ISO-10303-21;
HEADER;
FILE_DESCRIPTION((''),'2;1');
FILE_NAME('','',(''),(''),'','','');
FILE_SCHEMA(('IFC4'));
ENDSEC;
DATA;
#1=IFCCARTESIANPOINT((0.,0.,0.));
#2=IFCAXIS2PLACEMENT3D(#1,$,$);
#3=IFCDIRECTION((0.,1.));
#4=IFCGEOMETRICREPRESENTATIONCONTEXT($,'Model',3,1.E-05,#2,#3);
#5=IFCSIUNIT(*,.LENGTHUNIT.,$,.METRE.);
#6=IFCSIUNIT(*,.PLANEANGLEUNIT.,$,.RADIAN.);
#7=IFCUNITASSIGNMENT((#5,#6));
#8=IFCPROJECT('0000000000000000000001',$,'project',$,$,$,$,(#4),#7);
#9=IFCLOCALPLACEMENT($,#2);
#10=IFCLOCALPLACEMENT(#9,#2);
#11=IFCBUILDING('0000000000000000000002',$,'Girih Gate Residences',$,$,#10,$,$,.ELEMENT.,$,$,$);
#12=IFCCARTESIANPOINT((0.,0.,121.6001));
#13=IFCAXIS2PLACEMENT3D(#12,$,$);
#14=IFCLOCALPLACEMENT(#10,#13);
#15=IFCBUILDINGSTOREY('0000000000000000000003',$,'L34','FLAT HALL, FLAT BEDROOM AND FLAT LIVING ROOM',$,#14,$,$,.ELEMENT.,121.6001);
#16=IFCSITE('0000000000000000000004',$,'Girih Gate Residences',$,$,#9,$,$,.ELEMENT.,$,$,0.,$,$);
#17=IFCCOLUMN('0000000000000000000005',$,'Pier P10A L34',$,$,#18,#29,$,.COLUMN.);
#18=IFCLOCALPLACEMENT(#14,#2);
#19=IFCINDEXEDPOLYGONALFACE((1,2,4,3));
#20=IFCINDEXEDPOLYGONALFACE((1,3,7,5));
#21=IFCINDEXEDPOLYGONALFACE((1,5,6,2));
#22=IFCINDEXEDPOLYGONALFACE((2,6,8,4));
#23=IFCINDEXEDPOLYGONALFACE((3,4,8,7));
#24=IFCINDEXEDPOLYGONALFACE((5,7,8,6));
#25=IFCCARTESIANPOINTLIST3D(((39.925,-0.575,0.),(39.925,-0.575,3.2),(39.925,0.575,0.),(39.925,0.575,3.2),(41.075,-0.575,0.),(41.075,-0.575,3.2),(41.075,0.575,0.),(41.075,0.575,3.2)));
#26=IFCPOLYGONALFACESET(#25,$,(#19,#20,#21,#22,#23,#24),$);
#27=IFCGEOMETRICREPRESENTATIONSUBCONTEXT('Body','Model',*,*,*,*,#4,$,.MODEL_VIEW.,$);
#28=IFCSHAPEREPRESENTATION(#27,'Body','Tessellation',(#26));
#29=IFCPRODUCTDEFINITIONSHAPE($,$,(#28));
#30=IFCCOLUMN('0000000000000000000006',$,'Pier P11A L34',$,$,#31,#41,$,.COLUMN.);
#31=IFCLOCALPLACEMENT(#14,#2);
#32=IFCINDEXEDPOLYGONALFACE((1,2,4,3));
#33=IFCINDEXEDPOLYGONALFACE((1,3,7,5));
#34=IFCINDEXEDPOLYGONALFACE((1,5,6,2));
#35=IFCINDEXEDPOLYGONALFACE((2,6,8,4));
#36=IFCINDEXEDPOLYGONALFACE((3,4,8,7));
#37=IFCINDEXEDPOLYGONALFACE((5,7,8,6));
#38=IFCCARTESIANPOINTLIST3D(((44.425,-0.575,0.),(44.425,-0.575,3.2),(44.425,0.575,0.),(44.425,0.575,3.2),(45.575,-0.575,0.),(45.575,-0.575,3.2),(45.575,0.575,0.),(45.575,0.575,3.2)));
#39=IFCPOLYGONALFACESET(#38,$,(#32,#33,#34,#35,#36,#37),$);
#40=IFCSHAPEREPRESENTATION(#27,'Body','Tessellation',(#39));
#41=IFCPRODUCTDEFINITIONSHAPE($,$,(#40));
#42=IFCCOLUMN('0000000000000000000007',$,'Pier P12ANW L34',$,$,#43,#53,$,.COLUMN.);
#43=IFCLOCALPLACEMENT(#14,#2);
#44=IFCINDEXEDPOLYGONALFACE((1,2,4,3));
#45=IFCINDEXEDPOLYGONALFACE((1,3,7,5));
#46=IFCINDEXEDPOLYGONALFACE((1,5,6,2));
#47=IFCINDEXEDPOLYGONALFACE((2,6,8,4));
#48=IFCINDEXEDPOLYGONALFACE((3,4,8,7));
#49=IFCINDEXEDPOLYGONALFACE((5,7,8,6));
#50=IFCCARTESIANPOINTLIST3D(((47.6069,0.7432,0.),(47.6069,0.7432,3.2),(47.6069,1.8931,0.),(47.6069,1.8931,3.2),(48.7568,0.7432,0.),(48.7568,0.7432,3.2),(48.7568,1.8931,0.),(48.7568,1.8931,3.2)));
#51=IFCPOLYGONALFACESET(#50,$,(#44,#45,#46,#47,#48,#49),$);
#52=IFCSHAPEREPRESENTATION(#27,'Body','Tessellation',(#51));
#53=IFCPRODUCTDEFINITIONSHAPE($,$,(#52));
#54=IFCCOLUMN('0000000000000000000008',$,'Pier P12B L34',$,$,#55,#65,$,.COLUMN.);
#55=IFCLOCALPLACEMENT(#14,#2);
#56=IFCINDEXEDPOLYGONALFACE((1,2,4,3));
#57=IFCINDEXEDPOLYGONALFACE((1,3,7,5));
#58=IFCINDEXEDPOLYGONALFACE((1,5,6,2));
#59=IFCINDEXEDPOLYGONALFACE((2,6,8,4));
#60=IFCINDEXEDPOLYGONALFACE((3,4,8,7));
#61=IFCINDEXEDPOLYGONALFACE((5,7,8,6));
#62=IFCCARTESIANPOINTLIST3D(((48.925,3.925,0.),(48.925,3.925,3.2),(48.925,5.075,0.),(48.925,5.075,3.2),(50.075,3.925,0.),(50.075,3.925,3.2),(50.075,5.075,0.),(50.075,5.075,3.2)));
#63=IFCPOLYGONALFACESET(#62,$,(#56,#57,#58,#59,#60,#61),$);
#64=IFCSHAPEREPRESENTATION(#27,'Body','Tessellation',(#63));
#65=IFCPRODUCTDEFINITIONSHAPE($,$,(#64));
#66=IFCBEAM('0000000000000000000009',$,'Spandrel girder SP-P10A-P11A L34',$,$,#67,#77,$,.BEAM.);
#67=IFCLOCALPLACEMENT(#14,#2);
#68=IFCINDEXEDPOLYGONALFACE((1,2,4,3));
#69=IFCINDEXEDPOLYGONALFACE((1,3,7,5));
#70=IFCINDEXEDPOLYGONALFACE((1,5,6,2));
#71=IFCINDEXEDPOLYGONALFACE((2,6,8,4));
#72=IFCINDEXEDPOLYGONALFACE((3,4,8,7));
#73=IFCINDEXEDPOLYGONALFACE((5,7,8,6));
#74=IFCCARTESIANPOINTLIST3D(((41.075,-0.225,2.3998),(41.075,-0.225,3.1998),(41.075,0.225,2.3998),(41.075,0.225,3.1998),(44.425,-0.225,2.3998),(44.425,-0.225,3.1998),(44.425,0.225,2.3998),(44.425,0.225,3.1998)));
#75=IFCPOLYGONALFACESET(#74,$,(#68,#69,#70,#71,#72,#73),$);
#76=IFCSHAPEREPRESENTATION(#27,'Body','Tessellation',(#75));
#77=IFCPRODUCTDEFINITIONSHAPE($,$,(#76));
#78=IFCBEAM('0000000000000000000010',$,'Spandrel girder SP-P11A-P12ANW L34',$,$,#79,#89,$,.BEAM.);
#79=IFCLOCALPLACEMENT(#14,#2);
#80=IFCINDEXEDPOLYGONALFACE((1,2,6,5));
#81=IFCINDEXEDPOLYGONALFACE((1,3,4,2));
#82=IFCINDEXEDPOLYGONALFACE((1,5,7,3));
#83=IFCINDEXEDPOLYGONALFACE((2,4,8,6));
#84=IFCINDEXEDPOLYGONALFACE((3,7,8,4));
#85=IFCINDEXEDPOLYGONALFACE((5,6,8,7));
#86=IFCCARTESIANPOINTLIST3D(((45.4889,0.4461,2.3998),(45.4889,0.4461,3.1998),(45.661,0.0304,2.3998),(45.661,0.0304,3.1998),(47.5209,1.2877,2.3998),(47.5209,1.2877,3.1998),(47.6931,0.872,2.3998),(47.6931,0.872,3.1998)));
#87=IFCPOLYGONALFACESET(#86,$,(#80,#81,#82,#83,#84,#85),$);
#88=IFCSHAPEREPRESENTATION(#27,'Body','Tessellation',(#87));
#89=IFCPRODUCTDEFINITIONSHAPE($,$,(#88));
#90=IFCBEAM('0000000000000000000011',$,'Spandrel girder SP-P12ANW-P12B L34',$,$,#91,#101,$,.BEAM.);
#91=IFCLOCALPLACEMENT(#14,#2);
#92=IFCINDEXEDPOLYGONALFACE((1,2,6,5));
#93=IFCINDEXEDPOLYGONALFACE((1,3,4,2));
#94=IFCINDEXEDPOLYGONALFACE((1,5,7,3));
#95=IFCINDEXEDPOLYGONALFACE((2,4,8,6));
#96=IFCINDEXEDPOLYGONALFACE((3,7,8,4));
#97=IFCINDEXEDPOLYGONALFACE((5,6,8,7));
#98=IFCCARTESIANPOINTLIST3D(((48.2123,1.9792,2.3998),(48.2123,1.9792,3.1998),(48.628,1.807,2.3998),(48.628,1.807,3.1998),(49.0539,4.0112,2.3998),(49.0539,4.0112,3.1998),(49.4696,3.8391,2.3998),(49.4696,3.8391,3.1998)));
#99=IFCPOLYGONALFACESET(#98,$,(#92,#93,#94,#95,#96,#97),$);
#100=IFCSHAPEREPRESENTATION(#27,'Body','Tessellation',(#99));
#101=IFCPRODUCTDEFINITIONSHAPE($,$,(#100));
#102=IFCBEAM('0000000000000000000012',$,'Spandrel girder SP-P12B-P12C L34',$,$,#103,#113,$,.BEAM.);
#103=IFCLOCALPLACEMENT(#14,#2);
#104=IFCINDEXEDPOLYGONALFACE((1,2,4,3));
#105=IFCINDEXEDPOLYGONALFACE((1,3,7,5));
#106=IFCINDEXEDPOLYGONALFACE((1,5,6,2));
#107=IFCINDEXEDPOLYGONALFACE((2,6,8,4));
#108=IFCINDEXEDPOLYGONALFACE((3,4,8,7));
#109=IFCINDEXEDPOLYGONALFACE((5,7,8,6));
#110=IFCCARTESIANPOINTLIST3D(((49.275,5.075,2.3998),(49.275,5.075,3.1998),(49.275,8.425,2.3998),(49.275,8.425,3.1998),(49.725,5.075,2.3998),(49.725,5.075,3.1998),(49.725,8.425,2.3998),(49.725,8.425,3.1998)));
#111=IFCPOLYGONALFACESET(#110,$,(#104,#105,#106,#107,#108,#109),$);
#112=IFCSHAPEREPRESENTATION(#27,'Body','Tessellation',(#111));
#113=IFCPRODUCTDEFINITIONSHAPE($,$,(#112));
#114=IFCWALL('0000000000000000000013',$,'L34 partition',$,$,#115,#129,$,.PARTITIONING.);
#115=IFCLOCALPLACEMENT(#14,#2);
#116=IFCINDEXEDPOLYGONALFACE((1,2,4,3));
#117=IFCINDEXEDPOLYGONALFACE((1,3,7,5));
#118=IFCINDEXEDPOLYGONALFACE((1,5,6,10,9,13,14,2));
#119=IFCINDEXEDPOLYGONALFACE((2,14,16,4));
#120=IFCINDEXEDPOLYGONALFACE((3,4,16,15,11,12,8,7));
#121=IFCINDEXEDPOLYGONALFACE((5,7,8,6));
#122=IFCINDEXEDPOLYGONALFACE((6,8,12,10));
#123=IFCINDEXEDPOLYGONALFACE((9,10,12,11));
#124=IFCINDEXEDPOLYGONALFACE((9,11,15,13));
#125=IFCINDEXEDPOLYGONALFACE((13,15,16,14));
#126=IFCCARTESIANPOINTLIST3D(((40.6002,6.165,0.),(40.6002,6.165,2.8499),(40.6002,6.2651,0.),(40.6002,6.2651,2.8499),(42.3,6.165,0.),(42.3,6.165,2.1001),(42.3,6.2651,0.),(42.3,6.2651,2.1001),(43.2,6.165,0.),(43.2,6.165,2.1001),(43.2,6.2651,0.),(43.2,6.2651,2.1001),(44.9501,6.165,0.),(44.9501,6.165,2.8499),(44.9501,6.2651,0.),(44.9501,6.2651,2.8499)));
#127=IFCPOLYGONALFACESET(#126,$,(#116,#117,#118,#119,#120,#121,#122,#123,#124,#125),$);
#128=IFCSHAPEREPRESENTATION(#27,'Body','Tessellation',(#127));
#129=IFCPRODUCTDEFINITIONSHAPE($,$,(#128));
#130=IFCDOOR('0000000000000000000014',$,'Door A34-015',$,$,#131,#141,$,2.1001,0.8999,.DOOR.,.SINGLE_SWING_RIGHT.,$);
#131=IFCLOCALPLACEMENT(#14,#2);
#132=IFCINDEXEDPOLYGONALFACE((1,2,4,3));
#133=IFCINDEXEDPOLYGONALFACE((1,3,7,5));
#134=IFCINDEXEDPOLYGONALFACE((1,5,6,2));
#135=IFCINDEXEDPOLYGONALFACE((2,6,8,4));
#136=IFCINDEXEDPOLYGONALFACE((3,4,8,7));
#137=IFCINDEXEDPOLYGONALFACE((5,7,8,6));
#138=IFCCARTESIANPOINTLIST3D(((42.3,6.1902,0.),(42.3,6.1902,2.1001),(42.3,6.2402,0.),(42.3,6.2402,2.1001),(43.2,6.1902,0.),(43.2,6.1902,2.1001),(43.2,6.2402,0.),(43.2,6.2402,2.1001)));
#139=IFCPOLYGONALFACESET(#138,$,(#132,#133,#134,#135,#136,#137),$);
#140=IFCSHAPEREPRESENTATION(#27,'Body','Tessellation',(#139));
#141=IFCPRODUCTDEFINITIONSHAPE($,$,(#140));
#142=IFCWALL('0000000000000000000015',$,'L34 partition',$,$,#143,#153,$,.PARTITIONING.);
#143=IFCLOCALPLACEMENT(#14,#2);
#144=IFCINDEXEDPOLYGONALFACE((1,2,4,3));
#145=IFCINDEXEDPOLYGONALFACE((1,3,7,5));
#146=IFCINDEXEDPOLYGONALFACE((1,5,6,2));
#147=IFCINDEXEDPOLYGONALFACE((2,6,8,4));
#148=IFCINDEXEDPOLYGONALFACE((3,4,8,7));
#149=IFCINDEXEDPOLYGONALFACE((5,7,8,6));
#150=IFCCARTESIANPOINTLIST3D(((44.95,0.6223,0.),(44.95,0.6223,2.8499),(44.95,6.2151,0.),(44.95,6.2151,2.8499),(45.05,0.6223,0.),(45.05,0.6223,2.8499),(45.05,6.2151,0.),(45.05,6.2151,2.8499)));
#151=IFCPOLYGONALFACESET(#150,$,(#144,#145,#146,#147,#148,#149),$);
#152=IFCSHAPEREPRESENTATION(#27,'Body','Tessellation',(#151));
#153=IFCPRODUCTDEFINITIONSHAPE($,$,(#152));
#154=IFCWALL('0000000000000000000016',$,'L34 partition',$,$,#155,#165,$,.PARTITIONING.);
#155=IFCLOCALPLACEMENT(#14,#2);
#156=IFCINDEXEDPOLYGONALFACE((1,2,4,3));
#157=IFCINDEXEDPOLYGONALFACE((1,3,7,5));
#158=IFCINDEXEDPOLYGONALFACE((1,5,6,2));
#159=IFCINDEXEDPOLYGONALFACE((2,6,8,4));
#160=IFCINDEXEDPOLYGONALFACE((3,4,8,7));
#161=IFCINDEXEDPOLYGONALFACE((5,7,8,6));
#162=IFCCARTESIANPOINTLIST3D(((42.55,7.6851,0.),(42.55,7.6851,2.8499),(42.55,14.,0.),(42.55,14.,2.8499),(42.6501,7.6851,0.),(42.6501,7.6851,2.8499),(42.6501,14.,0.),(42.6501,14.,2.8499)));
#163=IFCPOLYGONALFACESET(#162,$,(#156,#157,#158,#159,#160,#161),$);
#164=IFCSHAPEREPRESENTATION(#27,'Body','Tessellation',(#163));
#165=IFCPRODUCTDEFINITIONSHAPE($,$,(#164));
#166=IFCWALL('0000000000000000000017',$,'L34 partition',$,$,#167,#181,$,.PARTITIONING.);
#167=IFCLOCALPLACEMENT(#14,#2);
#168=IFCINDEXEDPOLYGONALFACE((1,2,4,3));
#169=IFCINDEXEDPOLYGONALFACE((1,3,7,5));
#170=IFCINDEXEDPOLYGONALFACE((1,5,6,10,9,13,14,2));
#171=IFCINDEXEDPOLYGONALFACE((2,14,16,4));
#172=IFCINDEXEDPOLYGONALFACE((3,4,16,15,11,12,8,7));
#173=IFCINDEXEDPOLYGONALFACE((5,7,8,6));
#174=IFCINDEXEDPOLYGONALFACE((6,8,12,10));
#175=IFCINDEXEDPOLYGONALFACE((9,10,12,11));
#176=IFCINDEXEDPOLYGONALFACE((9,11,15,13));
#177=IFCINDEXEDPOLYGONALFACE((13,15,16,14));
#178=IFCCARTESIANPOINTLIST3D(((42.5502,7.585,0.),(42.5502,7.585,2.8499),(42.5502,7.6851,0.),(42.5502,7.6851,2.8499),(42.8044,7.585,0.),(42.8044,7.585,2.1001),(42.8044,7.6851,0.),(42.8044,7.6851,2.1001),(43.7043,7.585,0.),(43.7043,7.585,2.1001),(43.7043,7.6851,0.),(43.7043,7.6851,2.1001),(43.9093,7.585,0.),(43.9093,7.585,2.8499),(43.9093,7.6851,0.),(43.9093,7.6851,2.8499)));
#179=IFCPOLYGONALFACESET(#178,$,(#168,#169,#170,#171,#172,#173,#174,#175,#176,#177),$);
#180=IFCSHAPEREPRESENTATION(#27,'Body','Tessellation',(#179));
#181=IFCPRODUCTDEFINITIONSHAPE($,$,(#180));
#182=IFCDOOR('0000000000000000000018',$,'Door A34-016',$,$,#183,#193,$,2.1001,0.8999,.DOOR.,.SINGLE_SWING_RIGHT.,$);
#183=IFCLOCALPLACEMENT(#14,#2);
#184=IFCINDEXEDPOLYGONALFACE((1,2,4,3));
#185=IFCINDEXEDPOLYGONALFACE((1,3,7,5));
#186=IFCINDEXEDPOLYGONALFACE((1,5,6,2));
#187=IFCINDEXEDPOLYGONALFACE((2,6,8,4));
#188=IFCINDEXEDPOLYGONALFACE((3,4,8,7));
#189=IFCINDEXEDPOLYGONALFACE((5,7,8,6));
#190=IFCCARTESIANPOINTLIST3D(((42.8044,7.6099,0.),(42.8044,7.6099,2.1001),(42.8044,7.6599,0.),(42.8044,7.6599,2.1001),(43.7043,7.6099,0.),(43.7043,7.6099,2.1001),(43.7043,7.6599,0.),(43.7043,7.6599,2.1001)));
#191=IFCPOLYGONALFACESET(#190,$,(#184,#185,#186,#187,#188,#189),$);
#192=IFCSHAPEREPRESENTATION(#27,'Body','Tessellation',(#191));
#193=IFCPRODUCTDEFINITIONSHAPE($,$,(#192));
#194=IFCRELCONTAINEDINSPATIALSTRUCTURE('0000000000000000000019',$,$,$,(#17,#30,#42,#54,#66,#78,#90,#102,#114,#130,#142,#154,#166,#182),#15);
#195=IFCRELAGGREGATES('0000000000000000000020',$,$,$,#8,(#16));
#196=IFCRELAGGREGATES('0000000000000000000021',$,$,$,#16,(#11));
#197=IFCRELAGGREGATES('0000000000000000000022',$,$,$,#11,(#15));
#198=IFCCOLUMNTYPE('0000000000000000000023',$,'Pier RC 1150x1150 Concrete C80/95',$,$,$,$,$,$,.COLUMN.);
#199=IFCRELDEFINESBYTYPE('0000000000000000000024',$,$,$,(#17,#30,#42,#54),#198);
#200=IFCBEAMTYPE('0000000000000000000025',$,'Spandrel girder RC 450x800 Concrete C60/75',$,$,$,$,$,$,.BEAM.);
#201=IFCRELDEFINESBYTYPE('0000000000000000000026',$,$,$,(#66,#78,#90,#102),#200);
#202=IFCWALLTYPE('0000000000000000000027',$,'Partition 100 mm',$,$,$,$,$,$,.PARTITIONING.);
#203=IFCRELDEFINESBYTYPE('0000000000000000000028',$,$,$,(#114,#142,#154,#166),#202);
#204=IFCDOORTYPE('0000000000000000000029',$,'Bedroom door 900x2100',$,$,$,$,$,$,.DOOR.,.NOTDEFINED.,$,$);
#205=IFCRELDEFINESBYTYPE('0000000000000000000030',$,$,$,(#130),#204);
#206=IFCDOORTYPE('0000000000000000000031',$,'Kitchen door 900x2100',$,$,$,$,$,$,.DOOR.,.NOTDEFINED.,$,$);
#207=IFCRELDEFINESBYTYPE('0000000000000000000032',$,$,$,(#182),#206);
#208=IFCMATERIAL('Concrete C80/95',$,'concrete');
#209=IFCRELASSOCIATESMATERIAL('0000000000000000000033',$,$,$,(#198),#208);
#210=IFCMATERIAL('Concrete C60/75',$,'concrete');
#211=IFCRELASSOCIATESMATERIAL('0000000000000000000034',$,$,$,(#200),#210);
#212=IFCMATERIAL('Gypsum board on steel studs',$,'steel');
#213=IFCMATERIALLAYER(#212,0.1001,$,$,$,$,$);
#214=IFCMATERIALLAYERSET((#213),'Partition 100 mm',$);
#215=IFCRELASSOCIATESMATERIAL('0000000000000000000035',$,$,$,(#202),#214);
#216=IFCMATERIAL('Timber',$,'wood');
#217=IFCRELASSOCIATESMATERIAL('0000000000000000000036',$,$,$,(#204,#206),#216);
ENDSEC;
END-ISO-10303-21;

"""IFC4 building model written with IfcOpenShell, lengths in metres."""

from ifc_helpers import new_model, si_unit, direction, frame, frame_2d, origin, origin_2d, place, context, subcontext, project, spatial, rectangle, extrude, material, layer, layer_set, material_profile, profile_set, type_object, element, fill, save


model = new_model("IFC4")

# Units and contexts
model_context = context("Model", 3, precision=1e-05, world=origin(), true_north=direction((0.0, 1.0)))
body_context = subcontext(model_context, "Body", "Model", "MODEL_VIEW")
ifc_project = project(units=[si_unit("LENGTHUNIT", "METRE"), si_unit("PLANEANGLEUNIT", "RADIAN")], contexts=[model_context])

# Site, building, storey
site_placement = place(None, origin())
site = spatial("IfcSite", under=ifc_project, at=site_placement, Name="Girih Gate Residences", CompositionType="ELEMENT", RefElevation=0.0)
building_placement = place(site_placement, origin())
building = spatial("IfcBuilding", under=site, at=building_placement, Name="Girih Gate Residences", CompositionType="ELEMENT")
storey_placement = place(building_placement, frame((0.0, 0.0, 121.6001)))
storey = spatial("IfcBuildingStorey", under=building, at=storey_placement, Name="L34", Description="FLAT HALL, FLAT BEDROOM AND FLAT LIVING ROOM", CompositionType="ELEMENT", Elevation=121.6001)

# Columns
ifc_material_1 = material(Name="Concrete C80/95", Category="concrete")
ifc_material_profile_1 = material_profile(ifc_material_1, rectangle(XDim=1.1499, YDim=1.1499, at=origin_2d()))
ifc_profile_set_1 = profile_set([ifc_material_profile_1], Name="Concrete C80/95")
column_type = type_object("IfcColumnType", Name="Pier RC 1150x1150 Concrete C80/95", PredefinedType="COLUMN", material=ifc_profile_set_1)
for number, where, z_axis, x_axis, name in (
    (1, (40.5, 0.0, 0.0), (0.0, 0.0, 1.0), (1.0, 0.0, 0.0), "Pier P10A L34"),
    (2, (45.0, 0.0, 0.0), (0.0, 0.0, 1.0), (1.0, 0.0, 0.0), "Pier P11A L34"),
    (3, (48.1819, 1.3181, 0.0), (0.0, 0.0, 1.0), (1.0, 0.0, 0.0), "Pier P12ANW L34"),
    (4, (49.5, 4.5, 0.0), (0.0, 0.0, 1.0), (1.0, 0.0, 0.0), "Pier P12B L34"),
):
    element("IfcColumn", number, at=place(storey_placement, frame(where, z_axis=z_axis, x_axis=x_axis)), inside=storey, type_object=column_type, Name=name, PredefinedType="COLUMN", context=body_context, shape_type="SweptSolid", body=[
        extrude(rectangle(XDim=1.1499, YDim=1.1499, at=origin_2d()), origin(), (0.0, 0.0, 1.0), 3.2),
    ])

# Beams
ifc_material_2 = material(Name="Concrete C60/75", Category="concrete")
ifc_material_profile_2 = material_profile(ifc_material_2, rectangle(XDim=0.45, YDim=0.8, at=origin_2d()))
ifc_profile_set_2 = profile_set([ifc_material_profile_2], Name="Concrete C60/75")
beam_type = type_object("IfcBeamType", Name="Spandrel girder RC 450x800 Concrete C60/75", PredefinedType="BEAM", material=ifc_profile_set_2)
beam_1_placement = place(storey_placement, frame((41.075, 0.0, 2.7998), z_axis=(1.0, 0.0, 0.0), x_axis=(0.0, 1.0, 0.0)))
element("IfcBeam", 5, at=beam_1_placement, inside=storey, type_object=beam_type, Name="Spandrel girder SP-P10A-P11A L34", PredefinedType="BEAM", context=body_context, shape_type="SweptSolid", body=[
    extrude(rectangle(XDim=0.45, YDim=0.8, at=origin_2d()), origin(), (0.0, 0.0, 1.0), 3.3501),
])
for number, where, z_axis, x_axis, name in (
    (6, (45.575, 0.2383, 2.7998), (0.923899, 0.382636, 0.0), (-0.382636, 0.923899, 0.0), "Spandrel girder SP-P11A-P12ANW L34"),
    (7, (48.4202, 1.8931, 2.7998), (0.382636, 0.923899, 0.0), (-0.923899, 0.382636, 0.0), "Spandrel girder SP-P12ANW-P12B L34"),
):
    element("IfcBeam", number, at=place(storey_placement, frame(where, z_axis=z_axis, x_axis=x_axis)), inside=storey, type_object=beam_type, Name=name, PredefinedType="BEAM", context=body_context, shape_type="SweptSolid", body=[
        extrude(rectangle(XDim=0.45, YDim=0.8, at=origin_2d()), origin(), (0.0, 0.0, 1.0), 2.1995),
    ])
beam_2_placement = place(storey_placement, frame((49.5, 5.075, 2.7998), z_axis=(0.0, 1.0, 0.0), x_axis=(-1.0, 0.0, 0.0)))
element("IfcBeam", 8, at=beam_2_placement, inside=storey, type_object=beam_type, Name="Spandrel girder SP-P12B-P12C L34", PredefinedType="BEAM", context=body_context, shape_type="SweptSolid", body=[
    extrude(rectangle(XDim=0.45, YDim=0.8, at=origin_2d()), origin(), (0.0, 0.0, 1.0), 3.3501),
])

# Wall, opening, door
ifc_material_3 = material(Name="Gypsum board on steel studs", Category="steel")
ifc_layer_1 = layer(ifc_material_3, 0.1001)
ifc_layer_set_1 = layer_set([ifc_layer_1], Name="Partition 100 mm")
wall_type_1 = type_object("IfcWallType", Name="Partition 100 mm", PredefinedType="PARTITIONING", material=ifc_layer_set_1)
wall_1_placement = place(storey_placement, frame((44.95, 6.2151, 0.0), z_axis=(0.0, 0.0, 1.0), x_axis=(-1.0, 0.0, 0.0)))
wall_1 = element("IfcWall", 9, at=wall_1_placement, inside=storey, type_object=wall_type_1, Name="L34 partition", PredefinedType="PARTITIONING", context=body_context, shape_type="SweptSolid", body=[
    extrude(rectangle(XDim=4.3499, YDim=0.1001, at=frame_2d((2.1748, 0.0))), origin(), (0.0, 0.0, 1.0), 2.8499),
])
opening_1_placement = place(wall_1_placement, frame((1.75, 0.0, 0.0)))
opening_1 = element("IfcOpeningElement", 10, at=opening_1_placement, cuts=wall_1, PredefinedType="OPENING", context=body_context, shape_type="SweptSolid", body=[
    extrude(rectangle(XDim=0.8999, YDim=2.1001, at=frame_2d((0.45, 1.05))), frame((0.0, 0.0601, 0.0), z_axis=(0.0, -1.0, 0.0), x_axis=(1.0, 0.0, 0.0)), (0.0, 0.0, 1.0), 0.1201),
])
ifc_material_4 = material(Name="Timber", Category="wood")
door_type_1 = type_object("IfcDoorType", Name="Bedroom door 900x2100", OperationType="NOTDEFINED", PredefinedType="DOOR", material=ifc_material_4)
door_1_placement = place(opening_1_placement, origin())
door_1 = element("IfcDoor", 11, at=door_1_placement, inside=storey, type_object=door_type_1, Name="Door A34-015", OperationType="SINGLE_SWING_RIGHT", OverallHeight=2.1001, OverallWidth=0.8999, PredefinedType="DOOR", context=body_context, shape_type="SweptSolid", body=[
    extrude(rectangle(XDim=0.8999, YDim=2.1001, at=frame_2d((0.45, 1.05))), frame((0.0, 0.0249, 0.0), z_axis=(0.0, -1.0, 0.0), x_axis=(1.0, 0.0, 0.0)), (0.0, 0.0, 1.0), 0.05),
])
fill(opening_1, door_1)

# Walls
wall_2_placement = place(storey_placement, frame((45.0, 0.6223, 0.0), z_axis=(0.0, 0.0, 1.0), x_axis=(0.0, 1.0, 0.0)))
element("IfcWall", 12, at=wall_2_placement, inside=storey, type_object=wall_type_1, Name="L34 partition", PredefinedType="PARTITIONING", context=body_context, shape_type="SweptSolid", body=[
    extrude(rectangle(XDim=5.5928, YDim=0.1001, at=frame_2d((2.7964, 0.0))), origin(), (0.0, 0.0, 1.0), 2.8499),
])
wall_3_placement = place(storey_placement, frame((42.6001, 7.6851, 0.0), z_axis=(0.0, 0.0, 1.0), x_axis=(0.0, 1.0, 0.0)))
element("IfcWall", 13, at=wall_3_placement, inside=storey, type_object=wall_type_1, Name="L34 partition", PredefinedType="PARTITIONING", context=body_context, shape_type="SweptSolid", body=[
    extrude(rectangle(XDim=6.3149, YDim=0.1001, at=frame_2d((3.1575, 0.0))), origin(), (0.0, 0.0, 1.0), 2.8499),
])

# Wall, opening, door
wall_4_placement = place(storey_placement, frame((42.55, 7.635, 0.0), z_axis=(0.0, 0.0, 1.0), x_axis=(1.0, 0.0, 0.0)))
wall_4 = element("IfcWall", 14, at=wall_4_placement, inside=storey, type_object=wall_type_1, Name="L34 partition", PredefinedType="PARTITIONING", context=body_context, shape_type="SweptSolid", body=[
    extrude(rectangle(XDim=1.3591, YDim=0.1001, at=frame_2d((0.6797, 0.0))), origin(), (0.0, 0.0, 1.0), 2.8499),
])
opening_2_placement = place(wall_4_placement, frame((0.2544, 0.0, 0.0)))
opening_2 = element("IfcOpeningElement", 15, at=opening_2_placement, cuts=wall_4, PredefinedType="OPENING", context=body_context, shape_type="SweptSolid", body=[
    extrude(rectangle(XDim=0.8999, YDim=2.1001, at=frame_2d((0.45, 1.05))), frame((0.0, 0.0601, 0.0), z_axis=(0.0, -1.0, 0.0), x_axis=(1.0, 0.0, 0.0)), (0.0, 0.0, 1.0), 0.1201),
])
door_type_2 = type_object("IfcDoorType", Name="Kitchen door 900x2100", OperationType="NOTDEFINED", PredefinedType="DOOR", material=ifc_material_4)
door_2_placement = place(opening_2_placement, origin())
door_2 = element("IfcDoor", 16, at=door_2_placement, inside=storey, type_object=door_type_2, Name="Door A34-016", OperationType="SINGLE_SWING_RIGHT", OverallHeight=2.1001, OverallWidth=0.8999, PredefinedType="DOOR", context=body_context, shape_type="SweptSolid", body=[
    extrude(rectangle(XDim=0.8999, YDim=2.1001, at=frame_2d((0.45, 1.05))), frame((0.0, 0.0249, 0.0), z_axis=(0.0, -1.0, 0.0), x_axis=(1.0, 0.0, 0.0)), (0.0, 0.0, 1.0), 0.05),
])
fill(opening_2, door_2)

save(model, "model.ifc")
